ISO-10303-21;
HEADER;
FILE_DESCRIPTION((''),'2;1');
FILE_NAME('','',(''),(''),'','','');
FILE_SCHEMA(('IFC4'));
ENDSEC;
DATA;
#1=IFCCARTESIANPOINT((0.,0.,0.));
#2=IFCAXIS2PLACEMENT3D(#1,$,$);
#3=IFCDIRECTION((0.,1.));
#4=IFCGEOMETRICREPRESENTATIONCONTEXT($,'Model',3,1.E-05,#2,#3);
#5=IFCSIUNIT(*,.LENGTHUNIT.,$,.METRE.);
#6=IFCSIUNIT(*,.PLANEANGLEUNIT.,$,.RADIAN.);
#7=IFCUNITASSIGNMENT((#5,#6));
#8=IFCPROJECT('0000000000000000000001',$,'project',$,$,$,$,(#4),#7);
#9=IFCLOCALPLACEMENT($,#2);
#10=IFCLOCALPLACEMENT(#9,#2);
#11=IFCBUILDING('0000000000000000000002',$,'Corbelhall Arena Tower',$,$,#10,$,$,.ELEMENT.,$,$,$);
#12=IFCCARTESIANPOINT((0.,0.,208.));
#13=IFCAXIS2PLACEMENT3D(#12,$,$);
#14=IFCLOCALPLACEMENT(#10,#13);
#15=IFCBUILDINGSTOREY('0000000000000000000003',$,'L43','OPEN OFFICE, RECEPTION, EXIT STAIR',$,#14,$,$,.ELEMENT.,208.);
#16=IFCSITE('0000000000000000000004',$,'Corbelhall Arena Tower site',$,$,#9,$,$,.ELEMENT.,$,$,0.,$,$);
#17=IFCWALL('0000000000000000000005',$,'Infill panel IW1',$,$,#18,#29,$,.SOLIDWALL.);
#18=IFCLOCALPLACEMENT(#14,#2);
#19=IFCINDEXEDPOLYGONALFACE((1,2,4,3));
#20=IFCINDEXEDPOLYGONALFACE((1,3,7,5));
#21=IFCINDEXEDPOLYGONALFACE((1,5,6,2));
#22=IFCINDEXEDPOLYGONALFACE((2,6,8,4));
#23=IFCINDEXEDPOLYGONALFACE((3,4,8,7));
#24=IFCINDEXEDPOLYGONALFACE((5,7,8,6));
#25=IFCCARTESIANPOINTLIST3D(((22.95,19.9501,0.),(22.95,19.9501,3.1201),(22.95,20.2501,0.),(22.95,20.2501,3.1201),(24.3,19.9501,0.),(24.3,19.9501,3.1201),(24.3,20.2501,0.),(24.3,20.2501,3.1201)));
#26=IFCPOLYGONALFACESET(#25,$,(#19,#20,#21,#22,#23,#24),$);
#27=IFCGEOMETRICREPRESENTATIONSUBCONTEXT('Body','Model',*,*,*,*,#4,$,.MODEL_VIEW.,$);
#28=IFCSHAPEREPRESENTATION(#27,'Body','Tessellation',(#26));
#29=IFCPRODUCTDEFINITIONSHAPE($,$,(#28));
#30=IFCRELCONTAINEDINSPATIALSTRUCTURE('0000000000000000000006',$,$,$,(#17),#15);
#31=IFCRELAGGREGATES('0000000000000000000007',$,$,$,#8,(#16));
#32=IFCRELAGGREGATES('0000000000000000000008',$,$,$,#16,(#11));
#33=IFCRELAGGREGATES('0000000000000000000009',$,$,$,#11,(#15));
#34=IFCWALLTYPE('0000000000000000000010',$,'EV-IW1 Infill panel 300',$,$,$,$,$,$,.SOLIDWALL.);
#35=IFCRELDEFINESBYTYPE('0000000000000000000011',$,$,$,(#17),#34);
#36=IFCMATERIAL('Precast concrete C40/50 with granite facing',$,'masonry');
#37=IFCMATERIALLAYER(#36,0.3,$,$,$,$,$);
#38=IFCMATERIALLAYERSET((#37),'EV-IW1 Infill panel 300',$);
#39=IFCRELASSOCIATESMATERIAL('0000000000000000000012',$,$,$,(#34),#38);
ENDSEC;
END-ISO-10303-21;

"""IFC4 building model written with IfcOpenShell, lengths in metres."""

from ifc_helpers import new_model, si_unit, direction, frame, frame_2d, origin, place, context, subcontext, project, spatial, rectangle, extrude, material, layer, layer_set, type_object, element, save


model = new_model("IFC4")

# Units and contexts
model_context = context("Model", 3, precision=1e-05, world=origin(), true_north=direction((0.0, 1.0)))
body_context = subcontext(model_context, "Body", "Model", "MODEL_VIEW")
ifc_project = project(units=[si_unit("LENGTHUNIT", "METRE"), si_unit("PLANEANGLEUNIT", "RADIAN")], contexts=[model_context])

# Site, building, storey
site_placement = place(None, origin())
site = spatial("IfcSite", under=ifc_project, at=site_placement, Name="Corbelhall Arena Tower site", CompositionType="ELEMENT", RefElevation=0.0)
building_placement = place(site_placement, origin())
building = spatial("IfcBuilding", under=site, at=building_placement, Name="Corbelhall Arena Tower", CompositionType="ELEMENT")
storey_placement = place(building_placement, frame((0.0, 0.0, 208.0)))
storey = spatial("IfcBuildingStorey", under=building, at=storey_placement, Name="L43", Description="OPEN OFFICE, RECEPTION, EXIT STAIR", CompositionType="ELEMENT", Elevation=208.0)

# Wall
ifc_material_1 = material(Name="Precast concrete C40/50 with granite facing", Category="masonry")
ifc_layer = layer(ifc_material_1, 0.3)
ifc_layer_set = layer_set([ifc_layer], Name="EV-IW1 Infill panel 300")
wall_type = type_object("IfcWallType", Name="EV-IW1 Infill panel 300", PredefinedType="SOLIDWALL", material=ifc_layer_set)
wall_1_placement = place(storey_placement, frame((24.3, 20.1001, 0.0), z_axis=(0.0, 0.0, 1.0), x_axis=(-1.0, 0.0, 0.0)))
element("IfcWall", 1, at=wall_1_placement, inside=storey, type_object=wall_type, Name="Infill panel IW1", PredefinedType="SOLIDWALL", context=body_context, shape_type="SweptSolid", body=[
    extrude(rectangle(XDim=1.3501, YDim=0.3, at=frame_2d((0.675, 0.0))), origin(), (0.0, 0.0, 1.0), 3.1201),
])

save(model, "model.ifc")
